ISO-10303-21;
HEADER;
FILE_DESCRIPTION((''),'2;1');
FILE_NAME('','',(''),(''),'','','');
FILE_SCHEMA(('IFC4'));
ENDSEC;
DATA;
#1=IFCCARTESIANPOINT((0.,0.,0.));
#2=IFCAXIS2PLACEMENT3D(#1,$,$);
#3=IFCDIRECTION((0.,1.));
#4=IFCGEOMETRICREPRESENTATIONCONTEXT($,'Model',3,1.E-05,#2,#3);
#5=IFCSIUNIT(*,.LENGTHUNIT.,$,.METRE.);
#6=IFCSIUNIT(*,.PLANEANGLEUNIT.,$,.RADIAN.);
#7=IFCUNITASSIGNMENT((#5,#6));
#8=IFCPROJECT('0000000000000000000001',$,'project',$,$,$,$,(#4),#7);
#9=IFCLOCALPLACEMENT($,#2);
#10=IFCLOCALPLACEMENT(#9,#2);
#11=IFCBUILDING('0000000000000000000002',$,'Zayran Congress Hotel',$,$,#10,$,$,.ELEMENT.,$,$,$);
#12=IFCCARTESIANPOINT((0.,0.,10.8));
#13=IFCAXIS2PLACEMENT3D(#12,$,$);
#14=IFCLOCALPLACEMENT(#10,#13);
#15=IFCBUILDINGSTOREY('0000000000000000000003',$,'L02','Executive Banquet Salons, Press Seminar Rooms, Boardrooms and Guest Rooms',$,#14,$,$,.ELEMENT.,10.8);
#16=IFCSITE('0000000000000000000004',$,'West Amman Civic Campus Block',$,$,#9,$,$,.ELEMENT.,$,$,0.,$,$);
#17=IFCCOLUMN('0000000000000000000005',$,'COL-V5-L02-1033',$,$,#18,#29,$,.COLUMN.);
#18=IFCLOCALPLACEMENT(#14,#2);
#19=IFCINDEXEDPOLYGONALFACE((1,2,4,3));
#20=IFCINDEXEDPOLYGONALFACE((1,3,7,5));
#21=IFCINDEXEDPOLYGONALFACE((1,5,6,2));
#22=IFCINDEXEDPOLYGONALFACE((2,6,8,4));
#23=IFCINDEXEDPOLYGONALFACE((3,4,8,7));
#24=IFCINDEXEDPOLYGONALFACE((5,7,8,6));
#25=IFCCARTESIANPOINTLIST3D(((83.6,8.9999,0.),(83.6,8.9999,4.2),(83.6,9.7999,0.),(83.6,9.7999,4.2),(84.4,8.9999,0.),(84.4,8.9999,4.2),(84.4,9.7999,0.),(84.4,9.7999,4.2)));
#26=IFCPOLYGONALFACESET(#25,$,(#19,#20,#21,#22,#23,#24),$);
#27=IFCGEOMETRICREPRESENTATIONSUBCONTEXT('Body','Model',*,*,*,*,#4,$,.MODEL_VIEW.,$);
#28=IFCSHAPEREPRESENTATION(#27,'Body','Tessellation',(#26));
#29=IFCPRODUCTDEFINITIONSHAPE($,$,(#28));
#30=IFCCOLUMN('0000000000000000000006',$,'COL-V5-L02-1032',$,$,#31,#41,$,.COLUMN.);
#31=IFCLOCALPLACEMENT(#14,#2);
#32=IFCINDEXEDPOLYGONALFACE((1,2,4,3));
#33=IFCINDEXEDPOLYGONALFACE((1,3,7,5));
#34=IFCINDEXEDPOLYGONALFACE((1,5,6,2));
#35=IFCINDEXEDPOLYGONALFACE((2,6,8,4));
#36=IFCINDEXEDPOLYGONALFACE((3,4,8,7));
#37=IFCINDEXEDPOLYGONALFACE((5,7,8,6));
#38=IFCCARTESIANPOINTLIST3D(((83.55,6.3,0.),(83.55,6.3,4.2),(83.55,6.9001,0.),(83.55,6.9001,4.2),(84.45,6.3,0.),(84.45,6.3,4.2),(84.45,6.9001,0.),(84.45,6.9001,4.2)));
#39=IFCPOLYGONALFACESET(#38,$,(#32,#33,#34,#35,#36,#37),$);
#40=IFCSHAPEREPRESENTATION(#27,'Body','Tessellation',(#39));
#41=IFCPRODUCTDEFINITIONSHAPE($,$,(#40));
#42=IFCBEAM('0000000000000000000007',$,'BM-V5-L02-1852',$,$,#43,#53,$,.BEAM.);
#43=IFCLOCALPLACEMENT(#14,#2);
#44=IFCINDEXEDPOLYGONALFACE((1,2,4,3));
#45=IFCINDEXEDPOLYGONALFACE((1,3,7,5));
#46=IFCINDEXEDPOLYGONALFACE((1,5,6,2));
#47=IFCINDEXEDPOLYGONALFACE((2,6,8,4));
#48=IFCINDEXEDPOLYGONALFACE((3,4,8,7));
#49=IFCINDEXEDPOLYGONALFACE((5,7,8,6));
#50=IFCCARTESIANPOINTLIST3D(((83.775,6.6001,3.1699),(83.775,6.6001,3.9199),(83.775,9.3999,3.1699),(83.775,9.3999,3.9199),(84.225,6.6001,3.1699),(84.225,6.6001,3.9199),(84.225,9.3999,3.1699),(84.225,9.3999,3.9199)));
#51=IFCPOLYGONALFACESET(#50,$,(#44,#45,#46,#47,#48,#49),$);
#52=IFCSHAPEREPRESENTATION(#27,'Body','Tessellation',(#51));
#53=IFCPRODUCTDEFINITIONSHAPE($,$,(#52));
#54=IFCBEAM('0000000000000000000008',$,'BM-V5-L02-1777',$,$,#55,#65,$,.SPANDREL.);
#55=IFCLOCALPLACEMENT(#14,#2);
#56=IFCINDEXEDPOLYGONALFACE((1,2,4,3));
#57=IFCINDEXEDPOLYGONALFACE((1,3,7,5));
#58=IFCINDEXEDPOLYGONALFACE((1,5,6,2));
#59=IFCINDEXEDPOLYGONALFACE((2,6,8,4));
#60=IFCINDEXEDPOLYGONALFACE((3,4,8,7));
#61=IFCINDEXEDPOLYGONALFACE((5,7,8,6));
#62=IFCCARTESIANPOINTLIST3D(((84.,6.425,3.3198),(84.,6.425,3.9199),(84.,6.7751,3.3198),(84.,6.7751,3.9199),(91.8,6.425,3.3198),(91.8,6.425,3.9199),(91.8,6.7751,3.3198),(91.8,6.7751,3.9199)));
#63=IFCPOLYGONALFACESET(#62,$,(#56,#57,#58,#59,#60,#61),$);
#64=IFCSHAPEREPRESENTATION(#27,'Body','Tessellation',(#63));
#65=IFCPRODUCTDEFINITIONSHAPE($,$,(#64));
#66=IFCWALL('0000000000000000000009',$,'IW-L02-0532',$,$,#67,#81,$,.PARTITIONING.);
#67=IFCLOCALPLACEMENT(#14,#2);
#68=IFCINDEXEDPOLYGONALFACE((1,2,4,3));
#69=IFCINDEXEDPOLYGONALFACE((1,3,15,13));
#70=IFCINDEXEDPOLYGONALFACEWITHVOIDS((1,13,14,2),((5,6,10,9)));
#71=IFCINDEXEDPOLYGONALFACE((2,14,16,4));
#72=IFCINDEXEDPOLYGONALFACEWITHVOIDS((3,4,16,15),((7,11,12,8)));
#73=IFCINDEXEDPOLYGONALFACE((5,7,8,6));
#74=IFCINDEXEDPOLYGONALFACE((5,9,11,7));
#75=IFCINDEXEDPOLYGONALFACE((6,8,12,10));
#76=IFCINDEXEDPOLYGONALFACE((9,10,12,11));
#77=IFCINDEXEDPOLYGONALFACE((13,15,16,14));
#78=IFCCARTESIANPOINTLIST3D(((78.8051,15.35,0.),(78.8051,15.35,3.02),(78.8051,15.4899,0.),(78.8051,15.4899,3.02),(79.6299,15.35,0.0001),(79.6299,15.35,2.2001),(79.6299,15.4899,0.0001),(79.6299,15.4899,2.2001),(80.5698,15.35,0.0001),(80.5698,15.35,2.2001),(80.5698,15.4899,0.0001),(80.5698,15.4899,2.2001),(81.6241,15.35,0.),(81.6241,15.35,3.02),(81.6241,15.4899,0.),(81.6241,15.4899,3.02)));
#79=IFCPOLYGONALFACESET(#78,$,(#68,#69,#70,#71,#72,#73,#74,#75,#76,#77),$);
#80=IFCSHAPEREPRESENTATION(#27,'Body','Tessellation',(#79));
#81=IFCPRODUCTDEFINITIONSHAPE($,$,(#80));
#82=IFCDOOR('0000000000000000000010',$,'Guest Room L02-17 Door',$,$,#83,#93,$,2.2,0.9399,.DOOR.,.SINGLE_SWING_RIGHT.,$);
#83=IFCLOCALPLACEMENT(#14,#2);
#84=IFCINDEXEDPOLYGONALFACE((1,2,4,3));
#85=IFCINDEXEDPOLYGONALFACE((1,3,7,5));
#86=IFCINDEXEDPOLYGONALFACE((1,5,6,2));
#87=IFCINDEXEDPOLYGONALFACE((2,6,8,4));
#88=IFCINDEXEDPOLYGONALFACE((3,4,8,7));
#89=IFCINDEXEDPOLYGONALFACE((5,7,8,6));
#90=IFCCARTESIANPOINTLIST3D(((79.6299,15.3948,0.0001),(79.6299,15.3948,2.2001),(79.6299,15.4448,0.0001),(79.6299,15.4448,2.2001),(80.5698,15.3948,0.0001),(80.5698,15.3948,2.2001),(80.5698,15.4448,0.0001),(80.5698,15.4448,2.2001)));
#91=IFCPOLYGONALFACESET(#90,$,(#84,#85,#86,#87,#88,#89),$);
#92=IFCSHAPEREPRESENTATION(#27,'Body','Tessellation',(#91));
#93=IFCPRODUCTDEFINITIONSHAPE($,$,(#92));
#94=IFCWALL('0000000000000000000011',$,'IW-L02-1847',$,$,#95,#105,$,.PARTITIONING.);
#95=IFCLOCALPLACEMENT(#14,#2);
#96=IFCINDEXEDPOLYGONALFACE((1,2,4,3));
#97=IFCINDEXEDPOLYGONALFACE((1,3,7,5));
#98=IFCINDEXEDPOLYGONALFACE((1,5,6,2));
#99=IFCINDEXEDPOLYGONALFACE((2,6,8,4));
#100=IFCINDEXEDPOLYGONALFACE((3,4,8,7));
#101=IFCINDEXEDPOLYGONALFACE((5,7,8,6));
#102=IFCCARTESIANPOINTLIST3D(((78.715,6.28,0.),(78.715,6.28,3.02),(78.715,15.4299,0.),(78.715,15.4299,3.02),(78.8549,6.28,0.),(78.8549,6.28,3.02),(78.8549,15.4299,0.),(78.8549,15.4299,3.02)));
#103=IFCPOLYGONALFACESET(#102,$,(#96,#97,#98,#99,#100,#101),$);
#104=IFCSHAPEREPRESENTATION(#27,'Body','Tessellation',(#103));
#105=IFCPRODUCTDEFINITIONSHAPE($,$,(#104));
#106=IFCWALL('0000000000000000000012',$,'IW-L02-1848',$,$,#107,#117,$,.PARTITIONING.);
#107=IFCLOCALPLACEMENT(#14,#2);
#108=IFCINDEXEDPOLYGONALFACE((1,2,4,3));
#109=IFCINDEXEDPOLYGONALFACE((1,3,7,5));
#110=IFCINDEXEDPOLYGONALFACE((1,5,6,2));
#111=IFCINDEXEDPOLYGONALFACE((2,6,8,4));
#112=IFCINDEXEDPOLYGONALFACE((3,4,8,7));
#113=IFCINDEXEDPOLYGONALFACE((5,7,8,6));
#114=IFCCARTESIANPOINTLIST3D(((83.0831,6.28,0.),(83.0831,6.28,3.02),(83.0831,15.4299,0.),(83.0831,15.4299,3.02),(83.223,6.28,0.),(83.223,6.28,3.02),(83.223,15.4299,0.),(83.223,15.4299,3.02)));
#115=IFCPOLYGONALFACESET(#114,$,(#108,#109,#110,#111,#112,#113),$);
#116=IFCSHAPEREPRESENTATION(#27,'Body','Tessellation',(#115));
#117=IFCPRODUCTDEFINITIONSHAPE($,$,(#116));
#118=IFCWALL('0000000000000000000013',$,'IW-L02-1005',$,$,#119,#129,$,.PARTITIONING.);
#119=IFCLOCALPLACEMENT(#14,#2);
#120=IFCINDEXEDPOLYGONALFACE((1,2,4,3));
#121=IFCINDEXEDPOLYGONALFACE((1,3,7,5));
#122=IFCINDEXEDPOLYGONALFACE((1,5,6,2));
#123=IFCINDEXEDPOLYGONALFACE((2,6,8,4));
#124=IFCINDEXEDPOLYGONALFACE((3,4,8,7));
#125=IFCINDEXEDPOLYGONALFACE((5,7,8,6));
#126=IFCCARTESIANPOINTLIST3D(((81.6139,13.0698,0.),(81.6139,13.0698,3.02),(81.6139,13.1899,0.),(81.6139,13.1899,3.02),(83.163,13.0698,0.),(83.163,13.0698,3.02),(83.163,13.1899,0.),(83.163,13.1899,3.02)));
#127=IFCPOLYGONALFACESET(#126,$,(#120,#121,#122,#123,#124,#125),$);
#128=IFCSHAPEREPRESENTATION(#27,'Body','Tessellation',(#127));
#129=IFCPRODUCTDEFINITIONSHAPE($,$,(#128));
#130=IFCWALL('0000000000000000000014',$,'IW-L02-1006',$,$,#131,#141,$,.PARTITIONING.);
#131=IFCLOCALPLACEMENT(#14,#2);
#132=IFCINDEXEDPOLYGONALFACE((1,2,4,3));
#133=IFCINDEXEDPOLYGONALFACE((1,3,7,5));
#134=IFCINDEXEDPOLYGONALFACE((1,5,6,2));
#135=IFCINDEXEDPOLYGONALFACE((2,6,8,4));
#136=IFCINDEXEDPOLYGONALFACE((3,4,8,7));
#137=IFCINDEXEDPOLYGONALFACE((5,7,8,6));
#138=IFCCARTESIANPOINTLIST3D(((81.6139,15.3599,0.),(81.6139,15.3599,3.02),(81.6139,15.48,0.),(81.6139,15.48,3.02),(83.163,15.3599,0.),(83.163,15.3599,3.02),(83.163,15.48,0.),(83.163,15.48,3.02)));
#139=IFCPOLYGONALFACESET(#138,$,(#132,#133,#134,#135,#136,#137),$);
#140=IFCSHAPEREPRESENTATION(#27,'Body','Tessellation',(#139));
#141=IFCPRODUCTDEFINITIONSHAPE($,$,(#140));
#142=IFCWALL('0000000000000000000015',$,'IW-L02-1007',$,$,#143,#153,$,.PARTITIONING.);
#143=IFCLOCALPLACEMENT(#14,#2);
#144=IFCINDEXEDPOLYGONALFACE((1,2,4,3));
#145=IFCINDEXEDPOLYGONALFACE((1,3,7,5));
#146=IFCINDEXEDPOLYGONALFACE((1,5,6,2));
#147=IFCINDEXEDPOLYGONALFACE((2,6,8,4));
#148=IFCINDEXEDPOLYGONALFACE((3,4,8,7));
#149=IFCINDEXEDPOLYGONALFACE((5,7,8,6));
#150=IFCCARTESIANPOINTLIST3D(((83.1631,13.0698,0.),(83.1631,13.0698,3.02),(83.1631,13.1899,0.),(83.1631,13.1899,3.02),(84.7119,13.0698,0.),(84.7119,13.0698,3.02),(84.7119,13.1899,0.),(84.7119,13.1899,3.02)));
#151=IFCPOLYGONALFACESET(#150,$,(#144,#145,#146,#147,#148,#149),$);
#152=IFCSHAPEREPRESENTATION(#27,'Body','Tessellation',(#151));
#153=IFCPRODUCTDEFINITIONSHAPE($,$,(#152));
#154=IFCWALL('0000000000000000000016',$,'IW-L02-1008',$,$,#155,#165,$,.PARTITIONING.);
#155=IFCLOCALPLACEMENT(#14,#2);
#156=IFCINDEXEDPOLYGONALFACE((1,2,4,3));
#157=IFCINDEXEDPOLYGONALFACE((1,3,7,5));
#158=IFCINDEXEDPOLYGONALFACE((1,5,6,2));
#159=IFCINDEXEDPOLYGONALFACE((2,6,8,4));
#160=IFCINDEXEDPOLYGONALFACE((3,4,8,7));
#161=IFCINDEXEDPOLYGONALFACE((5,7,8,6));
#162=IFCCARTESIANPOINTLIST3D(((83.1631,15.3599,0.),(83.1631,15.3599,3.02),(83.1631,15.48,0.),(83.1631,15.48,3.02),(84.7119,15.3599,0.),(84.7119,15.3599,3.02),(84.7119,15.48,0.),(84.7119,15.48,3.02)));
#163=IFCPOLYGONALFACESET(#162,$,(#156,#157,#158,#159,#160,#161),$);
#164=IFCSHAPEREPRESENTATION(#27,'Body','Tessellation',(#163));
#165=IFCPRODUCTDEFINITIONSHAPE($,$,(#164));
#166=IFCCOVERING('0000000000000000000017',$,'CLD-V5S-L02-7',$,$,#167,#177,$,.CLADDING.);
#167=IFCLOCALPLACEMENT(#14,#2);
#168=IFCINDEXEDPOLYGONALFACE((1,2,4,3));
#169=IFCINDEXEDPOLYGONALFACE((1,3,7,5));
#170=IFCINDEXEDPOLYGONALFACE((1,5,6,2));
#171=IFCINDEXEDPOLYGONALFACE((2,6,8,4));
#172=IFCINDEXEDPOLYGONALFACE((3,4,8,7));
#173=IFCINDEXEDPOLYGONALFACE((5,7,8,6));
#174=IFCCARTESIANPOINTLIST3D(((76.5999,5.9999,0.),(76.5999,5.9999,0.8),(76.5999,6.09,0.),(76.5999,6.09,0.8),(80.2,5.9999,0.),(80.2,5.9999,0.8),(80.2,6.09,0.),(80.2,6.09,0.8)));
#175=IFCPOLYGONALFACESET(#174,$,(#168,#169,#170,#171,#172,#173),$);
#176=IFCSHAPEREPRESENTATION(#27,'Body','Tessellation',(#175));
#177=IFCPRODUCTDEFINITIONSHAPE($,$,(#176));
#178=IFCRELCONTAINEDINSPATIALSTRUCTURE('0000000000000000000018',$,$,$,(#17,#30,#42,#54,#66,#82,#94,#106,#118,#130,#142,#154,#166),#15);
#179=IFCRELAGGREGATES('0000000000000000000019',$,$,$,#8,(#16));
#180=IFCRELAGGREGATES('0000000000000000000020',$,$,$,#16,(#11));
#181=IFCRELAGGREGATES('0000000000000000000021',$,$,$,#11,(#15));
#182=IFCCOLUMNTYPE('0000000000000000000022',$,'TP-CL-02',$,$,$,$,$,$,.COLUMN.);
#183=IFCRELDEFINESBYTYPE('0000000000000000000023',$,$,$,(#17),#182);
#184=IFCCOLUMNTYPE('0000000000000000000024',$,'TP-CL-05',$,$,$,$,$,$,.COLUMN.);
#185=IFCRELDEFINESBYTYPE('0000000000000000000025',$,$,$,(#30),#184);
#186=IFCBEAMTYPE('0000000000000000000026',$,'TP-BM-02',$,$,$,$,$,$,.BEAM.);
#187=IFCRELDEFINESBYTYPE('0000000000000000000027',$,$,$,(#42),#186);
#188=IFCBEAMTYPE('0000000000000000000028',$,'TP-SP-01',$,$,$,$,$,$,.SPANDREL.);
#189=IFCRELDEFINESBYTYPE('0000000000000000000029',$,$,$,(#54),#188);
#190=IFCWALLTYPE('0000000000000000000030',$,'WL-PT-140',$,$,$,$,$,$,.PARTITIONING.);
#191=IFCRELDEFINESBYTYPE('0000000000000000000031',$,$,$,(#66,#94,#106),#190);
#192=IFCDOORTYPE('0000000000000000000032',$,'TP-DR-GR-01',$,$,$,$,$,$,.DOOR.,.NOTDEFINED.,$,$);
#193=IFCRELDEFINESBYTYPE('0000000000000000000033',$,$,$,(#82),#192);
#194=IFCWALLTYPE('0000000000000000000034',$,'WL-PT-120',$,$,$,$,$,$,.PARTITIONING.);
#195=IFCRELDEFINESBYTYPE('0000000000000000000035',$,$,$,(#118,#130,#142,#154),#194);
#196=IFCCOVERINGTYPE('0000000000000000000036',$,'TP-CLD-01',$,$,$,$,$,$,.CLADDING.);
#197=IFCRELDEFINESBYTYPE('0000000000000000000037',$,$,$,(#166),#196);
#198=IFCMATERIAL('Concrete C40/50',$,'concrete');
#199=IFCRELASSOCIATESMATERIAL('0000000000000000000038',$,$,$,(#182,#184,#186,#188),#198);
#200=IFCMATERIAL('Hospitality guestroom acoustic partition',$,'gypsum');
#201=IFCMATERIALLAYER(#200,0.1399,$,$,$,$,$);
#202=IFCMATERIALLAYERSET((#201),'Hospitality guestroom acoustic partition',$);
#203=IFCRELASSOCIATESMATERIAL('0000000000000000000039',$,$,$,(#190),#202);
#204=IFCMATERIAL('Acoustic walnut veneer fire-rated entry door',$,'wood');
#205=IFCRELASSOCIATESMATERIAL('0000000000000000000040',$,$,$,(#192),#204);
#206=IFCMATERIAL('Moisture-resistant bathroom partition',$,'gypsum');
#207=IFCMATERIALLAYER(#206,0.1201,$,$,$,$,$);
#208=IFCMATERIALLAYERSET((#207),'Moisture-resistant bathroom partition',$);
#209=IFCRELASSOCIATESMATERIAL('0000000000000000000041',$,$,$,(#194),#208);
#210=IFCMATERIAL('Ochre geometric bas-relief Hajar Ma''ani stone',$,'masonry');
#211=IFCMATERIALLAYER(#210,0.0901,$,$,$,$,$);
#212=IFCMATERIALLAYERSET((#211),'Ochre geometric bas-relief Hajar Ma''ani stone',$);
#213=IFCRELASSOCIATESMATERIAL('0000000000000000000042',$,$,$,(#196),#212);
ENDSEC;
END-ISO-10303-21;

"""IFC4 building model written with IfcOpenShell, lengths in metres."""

from ifc_helpers import new_model, si_unit, direction, frame, frame_2d, origin, origin_2d, place, context, subcontext, project, spatial, rectangle, extrude, material, layer, layer_set, material_profile, profile_set, type_object, element, fill, save


model = new_model("IFC4")

# Units and contexts
model_context = context("Model", 3, precision=1e-05, world=origin(), true_north=direction((0.0, 1.0)))
body_context = subcontext(model_context, "Body", "Model", "MODEL_VIEW")
ifc_project = project(units=[si_unit("LENGTHUNIT", "METRE"), si_unit("PLANEANGLEUNIT", "RADIAN")], contexts=[model_context])

# Site, building, storey
site_placement = place(None, origin())
site = spatial("IfcSite", under=ifc_project, at=site_placement, Name="West Amman Civic Campus Block", CompositionType="ELEMENT", RefElevation=0.0)
building_placement = place(site_placement, origin())
building = spatial("IfcBuilding", under=site, at=building_placement, Name="Zayran Congress Hotel", CompositionType="ELEMENT")
storey_placement = place(building_placement, frame((0.0, 0.0, 10.8)))
storey = spatial("IfcBuildingStorey", under=building, at=storey_placement, Name="L02", Description="Executive Banquet Salons, Press Seminar Rooms, Boardrooms and Guest Rooms", CompositionType="ELEMENT", Elevation=10.8)

# Columns
ifc_material_1 = material(Name="Concrete C40/50", Category="concrete")
ifc_material_profile_1 = material_profile(ifc_material_1, rectangle(XDim=0.8, YDim=0.8, at=origin_2d()), Name="RC 800x800")
ifc_profile_set_1 = profile_set([ifc_material_profile_1], Name="Concrete C40/50")
column_type_1 = type_object("IfcColumnType", Name="TP-CL-02", PredefinedType="COLUMN", material=ifc_profile_set_1)
column_1_placement = place(storey_placement, frame((84.0, 9.3999, 0.0), z_axis=(0.0, 0.0, 1.0), x_axis=(1.0, 0.0, 0.0)))
element("IfcColumn", 1, at=column_1_placement, inside=storey, type_object=column_type_1, Name="COL-V5-L02-1033", PredefinedType="COLUMN", context=body_context, shape_type="SweptSolid", body=[
    extrude(rectangle(XDim=0.8, YDim=0.8, at=origin_2d()), origin(), (0.0, 0.0, 1.0), 4.2),
])
ifc_material_profile_2 = material_profile(ifc_material_1, rectangle(XDim=0.6001, YDim=0.8999, at=origin_2d()), Name="RC 900x600")
ifc_profile_set_2 = profile_set([ifc_material_profile_2], Name="Concrete C40/50")
column_type_2 = type_object("IfcColumnType", Name="TP-CL-05", PredefinedType="COLUMN", material=ifc_profile_set_2)
column_2_placement = place(storey_placement, frame((84.0, 6.6001, 0.0), z_axis=(0.0, 0.0, 1.0), x_axis=(0.0, 1.0, 0.0)))
element("IfcColumn", 2, at=column_2_placement, inside=storey, type_object=column_type_2, Name="COL-V5-L02-1032", PredefinedType="COLUMN", context=body_context, shape_type="SweptSolid", body=[
    extrude(rectangle(XDim=0.6001, YDim=0.8999, at=origin_2d()), origin(), (0.0, 0.0, 1.0), 4.2),
])

# Beams
ifc_material_profile_3 = material_profile(ifc_material_1, rectangle(XDim=0.45, YDim=0.75, at=origin_2d()), Name="RC 450x750")
ifc_profile_set_3 = profile_set([ifc_material_profile_3], Name="Concrete C40/50")
beam_type_1 = type_object("IfcBeamType", Name="TP-BM-02", PredefinedType="BEAM", material=ifc_profile_set_3)
beam_1_placement = place(storey_placement, frame((84.0, 6.6001, 3.5449), z_axis=(0.0, 1.0, 0.0), x_axis=(-1.0, 0.0, 0.0)))
element("IfcBeam", 3, at=beam_1_placement, inside=storey, type_object=beam_type_1, Name="BM-V5-L02-1852", PredefinedType="BEAM", context=body_context, shape_type="SweptSolid", body=[
    extrude(rectangle(XDim=0.45, YDim=0.75, at=origin_2d()), origin(), (0.0, 0.0, 1.0), 2.7998),
])
ifc_material_profile_4 = material_profile(ifc_material_1, rectangle(XDim=0.3501, YDim=0.6001, at=origin_2d()), Name="RC 350x600")
ifc_profile_set_4 = profile_set([ifc_material_profile_4], Name="Concrete C40/50")
beam_type_2 = type_object("IfcBeamType", Name="TP-SP-01", PredefinedType="SPANDREL", material=ifc_profile_set_4)
beam_2_placement = place(storey_placement, frame((84.0, 6.6001, 3.6199), z_axis=(1.0, 0.0, 0.0), x_axis=(0.0, 1.0, 0.0)))
element("IfcBeam", 4, at=beam_2_placement, inside=storey, type_object=beam_type_2, Name="BM-V5-L02-1777", PredefinedType="SPANDREL", context=body_context, shape_type="SweptSolid", body=[
    extrude(rectangle(XDim=0.3501, YDim=0.6001, at=origin_2d()), origin(), (0.0, 0.0, 1.0), 7.8),
])

# Wall, opening, door
ifc_material_2 = material(Name="Hospitality guestroom acoustic partition", Category="gypsum")
ifc_layer_1 = layer(ifc_material_2, 0.1399)
ifc_layer_set_1 = layer_set([ifc_layer_1], Name="Hospitality guestroom acoustic partition")
wall_type_1 = type_object("IfcWallType", Name="WL-PT-140", PredefinedType="PARTITIONING", material=ifc_layer_set_1)
wall_1_placement = place(storey_placement, frame((78.8049, 15.4199, 0.0), z_axis=(0.0, 0.0, 1.0), x_axis=(1.0, 0.0, 0.0)))
wall_1 = element("IfcWall", 5, at=wall_1_placement, inside=storey, type_object=wall_type_1, Name="IW-L02-0532", PredefinedType="PARTITIONING", context=body_context, shape_type="SweptSolid", body=[
    extrude(rectangle(XDim=2.8191, YDim=0.1399, at=frame_2d((1.4097, 0.0))), origin(), (0.0, 0.0, 1.0), 3.02),
])
opening_1_placement = place(wall_1_placement, frame((0.825, 0.0, 0.0)))
opening_1 = element("IfcOpeningElement", 6, at=opening_1_placement, cuts=wall_1, PredefinedType="OPENING", context=body_context, shape_type="SweptSolid", body=[
    extrude(rectangle(XDim=0.9399, YDim=2.2, at=frame_2d((0.47, 1.1001))), frame((0.0, 0.0798, 0.0), z_axis=(0.0, -1.0, 0.0), x_axis=(1.0, 0.0, 0.0)), (0.0, 0.0, 1.0), 0.1599),
])
ifc_material_3 = material(Name="Acoustic walnut veneer fire-rated entry door", Category="wood")
door_type_1 = type_object("IfcDoorType", Name="TP-DR-GR-01", OperationType="NOTDEFINED", PredefinedType="DOOR", material=ifc_material_3)
door_1_placement = place(opening_1_placement, origin())
door_1 = element("IfcDoor", 7, at=door_1_placement, inside=storey, type_object=door_type_1, Name="Guest Room L02-17 Door", OperationType="SINGLE_SWING_RIGHT", OverallHeight=2.2, OverallWidth=0.9399, PredefinedType="DOOR", context=body_context, shape_type="SweptSolid", body=[
    extrude(rectangle(XDim=0.9399, YDim=2.2, at=frame_2d((0.47, 1.1001))), frame((0.0, 0.0249, 0.0), z_axis=(0.0, -1.0, 0.0), x_axis=(1.0, 0.0, 0.0)), (0.0, 0.0, 1.0), 0.05),
])
fill(opening_1, door_1)

# Walls
for number, where, z_axis, x_axis, name in (
    (8, (78.7849, 6.28, 0.0), (0.0, 0.0, 1.0), (0.0, 1.0, 0.0), "IW-L02-1847"),
    (9, (83.1531, 6.28, 0.0), (0.0, 0.0, 1.0), (0.0, 1.0, 0.0), "IW-L02-1848"),
):
    element("IfcWall", number, at=place(storey_placement, frame(where, z_axis=z_axis, x_axis=x_axis)), inside=storey, type_object=wall_type_1, Name=name, PredefinedType="PARTITIONING", context=body_context, shape_type="SweptSolid", body=[
        extrude(rectangle(XDim=9.1499, YDim=0.1399, at=frame_2d((4.575, 0.0))), origin(), (0.0, 0.0, 1.0), 3.02),
    ])

# Shared definitions
ifc_material_4 = material(Name="Moisture-resistant bathroom partition", Category="gypsum")
ifc_layer_2 = layer(ifc_material_4, 0.1201)
ifc_layer_set_2 = layer_set([ifc_layer_2], Name="Moisture-resistant bathroom partition")
wall_type_2 = type_object("IfcWallType", Name="WL-PT-120", PredefinedType="PARTITIONING", material=ifc_layer_set_2)

# Walls
for number, where, z_axis, x_axis, name in (
    (10, (81.614, 13.1299, 0.0), (0.0, 0.0, 1.0), (1.0, 0.0, 0.0), "IW-L02-1005"),
    (11, (81.614, 15.4199, 0.0), (0.0, 0.0, 1.0), (1.0, 0.0, 0.0), "IW-L02-1006"),
):
    element("IfcWall", number, at=place(storey_placement, frame(where, z_axis=z_axis, x_axis=x_axis)), inside=storey, type_object=wall_type_2, Name=name, PredefinedType="PARTITIONING", context=body_context, shape_type="SweptSolid", body=[
        extrude(rectangle(XDim=1.5491, YDim=0.1201, at=frame_2d((0.7744, 0.0))), origin(), (0.0, 0.0, 1.0), 3.02),
    ])
for number, where, z_axis, x_axis, name in (
    (12, (83.1631, 13.1299, 0.0), (0.0, 0.0, 1.0), (1.0, 0.0, 0.0), "IW-L02-1007"),
    (13, (83.1631, 15.4199, 0.0), (0.0, 0.0, 1.0), (1.0, 0.0, 0.0), "IW-L02-1008"),
):
    element("IfcWall", number, at=place(storey_placement, frame(where, z_axis=z_axis, x_axis=x_axis)), inside=storey, type_object=wall_type_2, Name=name, PredefinedType="PARTITIONING", context=body_context, shape_type="SweptSolid", body=[
        extrude(rectangle(XDim=1.5488, YDim=0.1201, at=frame_2d((0.7744, 0.0))), origin(), (0.0, 0.0, 1.0), 3.02),
    ])

# Covering
ifc_material_5 = material(Name="Ochre geometric bas-relief Hajar Ma'ani stone", Category="masonry")
ifc_layer_3 = layer(ifc_material_5, 0.0901)
ifc_layer_set_3 = layer_set([ifc_layer_3], Name="Ochre geometric bas-relief Hajar Ma'ani stone")
covering_type = type_object("IfcCoveringType", Name="TP-CLD-01", PredefinedType="CLADDING", material=ifc_layer_set_3)
covering_placement = place(storey_placement, frame((78.3999, 6.0449, 0.0), z_axis=(0.0, 0.0, 1.0), x_axis=(1.0, 0.0, 0.0)))
element("IfcCovering", 14, at=covering_placement, inside=storey, type_object=covering_type, Name="CLD-V5S-L02-7", PredefinedType="CLADDING", context=body_context, shape_type="SweptSolid", body=[
    extrude(rectangle(XDim=3.6001, YDim=0.0901, at=origin_2d()), origin(), (0.0, 0.0, 1.0), 0.8),
])

save(model, "model.ifc")
